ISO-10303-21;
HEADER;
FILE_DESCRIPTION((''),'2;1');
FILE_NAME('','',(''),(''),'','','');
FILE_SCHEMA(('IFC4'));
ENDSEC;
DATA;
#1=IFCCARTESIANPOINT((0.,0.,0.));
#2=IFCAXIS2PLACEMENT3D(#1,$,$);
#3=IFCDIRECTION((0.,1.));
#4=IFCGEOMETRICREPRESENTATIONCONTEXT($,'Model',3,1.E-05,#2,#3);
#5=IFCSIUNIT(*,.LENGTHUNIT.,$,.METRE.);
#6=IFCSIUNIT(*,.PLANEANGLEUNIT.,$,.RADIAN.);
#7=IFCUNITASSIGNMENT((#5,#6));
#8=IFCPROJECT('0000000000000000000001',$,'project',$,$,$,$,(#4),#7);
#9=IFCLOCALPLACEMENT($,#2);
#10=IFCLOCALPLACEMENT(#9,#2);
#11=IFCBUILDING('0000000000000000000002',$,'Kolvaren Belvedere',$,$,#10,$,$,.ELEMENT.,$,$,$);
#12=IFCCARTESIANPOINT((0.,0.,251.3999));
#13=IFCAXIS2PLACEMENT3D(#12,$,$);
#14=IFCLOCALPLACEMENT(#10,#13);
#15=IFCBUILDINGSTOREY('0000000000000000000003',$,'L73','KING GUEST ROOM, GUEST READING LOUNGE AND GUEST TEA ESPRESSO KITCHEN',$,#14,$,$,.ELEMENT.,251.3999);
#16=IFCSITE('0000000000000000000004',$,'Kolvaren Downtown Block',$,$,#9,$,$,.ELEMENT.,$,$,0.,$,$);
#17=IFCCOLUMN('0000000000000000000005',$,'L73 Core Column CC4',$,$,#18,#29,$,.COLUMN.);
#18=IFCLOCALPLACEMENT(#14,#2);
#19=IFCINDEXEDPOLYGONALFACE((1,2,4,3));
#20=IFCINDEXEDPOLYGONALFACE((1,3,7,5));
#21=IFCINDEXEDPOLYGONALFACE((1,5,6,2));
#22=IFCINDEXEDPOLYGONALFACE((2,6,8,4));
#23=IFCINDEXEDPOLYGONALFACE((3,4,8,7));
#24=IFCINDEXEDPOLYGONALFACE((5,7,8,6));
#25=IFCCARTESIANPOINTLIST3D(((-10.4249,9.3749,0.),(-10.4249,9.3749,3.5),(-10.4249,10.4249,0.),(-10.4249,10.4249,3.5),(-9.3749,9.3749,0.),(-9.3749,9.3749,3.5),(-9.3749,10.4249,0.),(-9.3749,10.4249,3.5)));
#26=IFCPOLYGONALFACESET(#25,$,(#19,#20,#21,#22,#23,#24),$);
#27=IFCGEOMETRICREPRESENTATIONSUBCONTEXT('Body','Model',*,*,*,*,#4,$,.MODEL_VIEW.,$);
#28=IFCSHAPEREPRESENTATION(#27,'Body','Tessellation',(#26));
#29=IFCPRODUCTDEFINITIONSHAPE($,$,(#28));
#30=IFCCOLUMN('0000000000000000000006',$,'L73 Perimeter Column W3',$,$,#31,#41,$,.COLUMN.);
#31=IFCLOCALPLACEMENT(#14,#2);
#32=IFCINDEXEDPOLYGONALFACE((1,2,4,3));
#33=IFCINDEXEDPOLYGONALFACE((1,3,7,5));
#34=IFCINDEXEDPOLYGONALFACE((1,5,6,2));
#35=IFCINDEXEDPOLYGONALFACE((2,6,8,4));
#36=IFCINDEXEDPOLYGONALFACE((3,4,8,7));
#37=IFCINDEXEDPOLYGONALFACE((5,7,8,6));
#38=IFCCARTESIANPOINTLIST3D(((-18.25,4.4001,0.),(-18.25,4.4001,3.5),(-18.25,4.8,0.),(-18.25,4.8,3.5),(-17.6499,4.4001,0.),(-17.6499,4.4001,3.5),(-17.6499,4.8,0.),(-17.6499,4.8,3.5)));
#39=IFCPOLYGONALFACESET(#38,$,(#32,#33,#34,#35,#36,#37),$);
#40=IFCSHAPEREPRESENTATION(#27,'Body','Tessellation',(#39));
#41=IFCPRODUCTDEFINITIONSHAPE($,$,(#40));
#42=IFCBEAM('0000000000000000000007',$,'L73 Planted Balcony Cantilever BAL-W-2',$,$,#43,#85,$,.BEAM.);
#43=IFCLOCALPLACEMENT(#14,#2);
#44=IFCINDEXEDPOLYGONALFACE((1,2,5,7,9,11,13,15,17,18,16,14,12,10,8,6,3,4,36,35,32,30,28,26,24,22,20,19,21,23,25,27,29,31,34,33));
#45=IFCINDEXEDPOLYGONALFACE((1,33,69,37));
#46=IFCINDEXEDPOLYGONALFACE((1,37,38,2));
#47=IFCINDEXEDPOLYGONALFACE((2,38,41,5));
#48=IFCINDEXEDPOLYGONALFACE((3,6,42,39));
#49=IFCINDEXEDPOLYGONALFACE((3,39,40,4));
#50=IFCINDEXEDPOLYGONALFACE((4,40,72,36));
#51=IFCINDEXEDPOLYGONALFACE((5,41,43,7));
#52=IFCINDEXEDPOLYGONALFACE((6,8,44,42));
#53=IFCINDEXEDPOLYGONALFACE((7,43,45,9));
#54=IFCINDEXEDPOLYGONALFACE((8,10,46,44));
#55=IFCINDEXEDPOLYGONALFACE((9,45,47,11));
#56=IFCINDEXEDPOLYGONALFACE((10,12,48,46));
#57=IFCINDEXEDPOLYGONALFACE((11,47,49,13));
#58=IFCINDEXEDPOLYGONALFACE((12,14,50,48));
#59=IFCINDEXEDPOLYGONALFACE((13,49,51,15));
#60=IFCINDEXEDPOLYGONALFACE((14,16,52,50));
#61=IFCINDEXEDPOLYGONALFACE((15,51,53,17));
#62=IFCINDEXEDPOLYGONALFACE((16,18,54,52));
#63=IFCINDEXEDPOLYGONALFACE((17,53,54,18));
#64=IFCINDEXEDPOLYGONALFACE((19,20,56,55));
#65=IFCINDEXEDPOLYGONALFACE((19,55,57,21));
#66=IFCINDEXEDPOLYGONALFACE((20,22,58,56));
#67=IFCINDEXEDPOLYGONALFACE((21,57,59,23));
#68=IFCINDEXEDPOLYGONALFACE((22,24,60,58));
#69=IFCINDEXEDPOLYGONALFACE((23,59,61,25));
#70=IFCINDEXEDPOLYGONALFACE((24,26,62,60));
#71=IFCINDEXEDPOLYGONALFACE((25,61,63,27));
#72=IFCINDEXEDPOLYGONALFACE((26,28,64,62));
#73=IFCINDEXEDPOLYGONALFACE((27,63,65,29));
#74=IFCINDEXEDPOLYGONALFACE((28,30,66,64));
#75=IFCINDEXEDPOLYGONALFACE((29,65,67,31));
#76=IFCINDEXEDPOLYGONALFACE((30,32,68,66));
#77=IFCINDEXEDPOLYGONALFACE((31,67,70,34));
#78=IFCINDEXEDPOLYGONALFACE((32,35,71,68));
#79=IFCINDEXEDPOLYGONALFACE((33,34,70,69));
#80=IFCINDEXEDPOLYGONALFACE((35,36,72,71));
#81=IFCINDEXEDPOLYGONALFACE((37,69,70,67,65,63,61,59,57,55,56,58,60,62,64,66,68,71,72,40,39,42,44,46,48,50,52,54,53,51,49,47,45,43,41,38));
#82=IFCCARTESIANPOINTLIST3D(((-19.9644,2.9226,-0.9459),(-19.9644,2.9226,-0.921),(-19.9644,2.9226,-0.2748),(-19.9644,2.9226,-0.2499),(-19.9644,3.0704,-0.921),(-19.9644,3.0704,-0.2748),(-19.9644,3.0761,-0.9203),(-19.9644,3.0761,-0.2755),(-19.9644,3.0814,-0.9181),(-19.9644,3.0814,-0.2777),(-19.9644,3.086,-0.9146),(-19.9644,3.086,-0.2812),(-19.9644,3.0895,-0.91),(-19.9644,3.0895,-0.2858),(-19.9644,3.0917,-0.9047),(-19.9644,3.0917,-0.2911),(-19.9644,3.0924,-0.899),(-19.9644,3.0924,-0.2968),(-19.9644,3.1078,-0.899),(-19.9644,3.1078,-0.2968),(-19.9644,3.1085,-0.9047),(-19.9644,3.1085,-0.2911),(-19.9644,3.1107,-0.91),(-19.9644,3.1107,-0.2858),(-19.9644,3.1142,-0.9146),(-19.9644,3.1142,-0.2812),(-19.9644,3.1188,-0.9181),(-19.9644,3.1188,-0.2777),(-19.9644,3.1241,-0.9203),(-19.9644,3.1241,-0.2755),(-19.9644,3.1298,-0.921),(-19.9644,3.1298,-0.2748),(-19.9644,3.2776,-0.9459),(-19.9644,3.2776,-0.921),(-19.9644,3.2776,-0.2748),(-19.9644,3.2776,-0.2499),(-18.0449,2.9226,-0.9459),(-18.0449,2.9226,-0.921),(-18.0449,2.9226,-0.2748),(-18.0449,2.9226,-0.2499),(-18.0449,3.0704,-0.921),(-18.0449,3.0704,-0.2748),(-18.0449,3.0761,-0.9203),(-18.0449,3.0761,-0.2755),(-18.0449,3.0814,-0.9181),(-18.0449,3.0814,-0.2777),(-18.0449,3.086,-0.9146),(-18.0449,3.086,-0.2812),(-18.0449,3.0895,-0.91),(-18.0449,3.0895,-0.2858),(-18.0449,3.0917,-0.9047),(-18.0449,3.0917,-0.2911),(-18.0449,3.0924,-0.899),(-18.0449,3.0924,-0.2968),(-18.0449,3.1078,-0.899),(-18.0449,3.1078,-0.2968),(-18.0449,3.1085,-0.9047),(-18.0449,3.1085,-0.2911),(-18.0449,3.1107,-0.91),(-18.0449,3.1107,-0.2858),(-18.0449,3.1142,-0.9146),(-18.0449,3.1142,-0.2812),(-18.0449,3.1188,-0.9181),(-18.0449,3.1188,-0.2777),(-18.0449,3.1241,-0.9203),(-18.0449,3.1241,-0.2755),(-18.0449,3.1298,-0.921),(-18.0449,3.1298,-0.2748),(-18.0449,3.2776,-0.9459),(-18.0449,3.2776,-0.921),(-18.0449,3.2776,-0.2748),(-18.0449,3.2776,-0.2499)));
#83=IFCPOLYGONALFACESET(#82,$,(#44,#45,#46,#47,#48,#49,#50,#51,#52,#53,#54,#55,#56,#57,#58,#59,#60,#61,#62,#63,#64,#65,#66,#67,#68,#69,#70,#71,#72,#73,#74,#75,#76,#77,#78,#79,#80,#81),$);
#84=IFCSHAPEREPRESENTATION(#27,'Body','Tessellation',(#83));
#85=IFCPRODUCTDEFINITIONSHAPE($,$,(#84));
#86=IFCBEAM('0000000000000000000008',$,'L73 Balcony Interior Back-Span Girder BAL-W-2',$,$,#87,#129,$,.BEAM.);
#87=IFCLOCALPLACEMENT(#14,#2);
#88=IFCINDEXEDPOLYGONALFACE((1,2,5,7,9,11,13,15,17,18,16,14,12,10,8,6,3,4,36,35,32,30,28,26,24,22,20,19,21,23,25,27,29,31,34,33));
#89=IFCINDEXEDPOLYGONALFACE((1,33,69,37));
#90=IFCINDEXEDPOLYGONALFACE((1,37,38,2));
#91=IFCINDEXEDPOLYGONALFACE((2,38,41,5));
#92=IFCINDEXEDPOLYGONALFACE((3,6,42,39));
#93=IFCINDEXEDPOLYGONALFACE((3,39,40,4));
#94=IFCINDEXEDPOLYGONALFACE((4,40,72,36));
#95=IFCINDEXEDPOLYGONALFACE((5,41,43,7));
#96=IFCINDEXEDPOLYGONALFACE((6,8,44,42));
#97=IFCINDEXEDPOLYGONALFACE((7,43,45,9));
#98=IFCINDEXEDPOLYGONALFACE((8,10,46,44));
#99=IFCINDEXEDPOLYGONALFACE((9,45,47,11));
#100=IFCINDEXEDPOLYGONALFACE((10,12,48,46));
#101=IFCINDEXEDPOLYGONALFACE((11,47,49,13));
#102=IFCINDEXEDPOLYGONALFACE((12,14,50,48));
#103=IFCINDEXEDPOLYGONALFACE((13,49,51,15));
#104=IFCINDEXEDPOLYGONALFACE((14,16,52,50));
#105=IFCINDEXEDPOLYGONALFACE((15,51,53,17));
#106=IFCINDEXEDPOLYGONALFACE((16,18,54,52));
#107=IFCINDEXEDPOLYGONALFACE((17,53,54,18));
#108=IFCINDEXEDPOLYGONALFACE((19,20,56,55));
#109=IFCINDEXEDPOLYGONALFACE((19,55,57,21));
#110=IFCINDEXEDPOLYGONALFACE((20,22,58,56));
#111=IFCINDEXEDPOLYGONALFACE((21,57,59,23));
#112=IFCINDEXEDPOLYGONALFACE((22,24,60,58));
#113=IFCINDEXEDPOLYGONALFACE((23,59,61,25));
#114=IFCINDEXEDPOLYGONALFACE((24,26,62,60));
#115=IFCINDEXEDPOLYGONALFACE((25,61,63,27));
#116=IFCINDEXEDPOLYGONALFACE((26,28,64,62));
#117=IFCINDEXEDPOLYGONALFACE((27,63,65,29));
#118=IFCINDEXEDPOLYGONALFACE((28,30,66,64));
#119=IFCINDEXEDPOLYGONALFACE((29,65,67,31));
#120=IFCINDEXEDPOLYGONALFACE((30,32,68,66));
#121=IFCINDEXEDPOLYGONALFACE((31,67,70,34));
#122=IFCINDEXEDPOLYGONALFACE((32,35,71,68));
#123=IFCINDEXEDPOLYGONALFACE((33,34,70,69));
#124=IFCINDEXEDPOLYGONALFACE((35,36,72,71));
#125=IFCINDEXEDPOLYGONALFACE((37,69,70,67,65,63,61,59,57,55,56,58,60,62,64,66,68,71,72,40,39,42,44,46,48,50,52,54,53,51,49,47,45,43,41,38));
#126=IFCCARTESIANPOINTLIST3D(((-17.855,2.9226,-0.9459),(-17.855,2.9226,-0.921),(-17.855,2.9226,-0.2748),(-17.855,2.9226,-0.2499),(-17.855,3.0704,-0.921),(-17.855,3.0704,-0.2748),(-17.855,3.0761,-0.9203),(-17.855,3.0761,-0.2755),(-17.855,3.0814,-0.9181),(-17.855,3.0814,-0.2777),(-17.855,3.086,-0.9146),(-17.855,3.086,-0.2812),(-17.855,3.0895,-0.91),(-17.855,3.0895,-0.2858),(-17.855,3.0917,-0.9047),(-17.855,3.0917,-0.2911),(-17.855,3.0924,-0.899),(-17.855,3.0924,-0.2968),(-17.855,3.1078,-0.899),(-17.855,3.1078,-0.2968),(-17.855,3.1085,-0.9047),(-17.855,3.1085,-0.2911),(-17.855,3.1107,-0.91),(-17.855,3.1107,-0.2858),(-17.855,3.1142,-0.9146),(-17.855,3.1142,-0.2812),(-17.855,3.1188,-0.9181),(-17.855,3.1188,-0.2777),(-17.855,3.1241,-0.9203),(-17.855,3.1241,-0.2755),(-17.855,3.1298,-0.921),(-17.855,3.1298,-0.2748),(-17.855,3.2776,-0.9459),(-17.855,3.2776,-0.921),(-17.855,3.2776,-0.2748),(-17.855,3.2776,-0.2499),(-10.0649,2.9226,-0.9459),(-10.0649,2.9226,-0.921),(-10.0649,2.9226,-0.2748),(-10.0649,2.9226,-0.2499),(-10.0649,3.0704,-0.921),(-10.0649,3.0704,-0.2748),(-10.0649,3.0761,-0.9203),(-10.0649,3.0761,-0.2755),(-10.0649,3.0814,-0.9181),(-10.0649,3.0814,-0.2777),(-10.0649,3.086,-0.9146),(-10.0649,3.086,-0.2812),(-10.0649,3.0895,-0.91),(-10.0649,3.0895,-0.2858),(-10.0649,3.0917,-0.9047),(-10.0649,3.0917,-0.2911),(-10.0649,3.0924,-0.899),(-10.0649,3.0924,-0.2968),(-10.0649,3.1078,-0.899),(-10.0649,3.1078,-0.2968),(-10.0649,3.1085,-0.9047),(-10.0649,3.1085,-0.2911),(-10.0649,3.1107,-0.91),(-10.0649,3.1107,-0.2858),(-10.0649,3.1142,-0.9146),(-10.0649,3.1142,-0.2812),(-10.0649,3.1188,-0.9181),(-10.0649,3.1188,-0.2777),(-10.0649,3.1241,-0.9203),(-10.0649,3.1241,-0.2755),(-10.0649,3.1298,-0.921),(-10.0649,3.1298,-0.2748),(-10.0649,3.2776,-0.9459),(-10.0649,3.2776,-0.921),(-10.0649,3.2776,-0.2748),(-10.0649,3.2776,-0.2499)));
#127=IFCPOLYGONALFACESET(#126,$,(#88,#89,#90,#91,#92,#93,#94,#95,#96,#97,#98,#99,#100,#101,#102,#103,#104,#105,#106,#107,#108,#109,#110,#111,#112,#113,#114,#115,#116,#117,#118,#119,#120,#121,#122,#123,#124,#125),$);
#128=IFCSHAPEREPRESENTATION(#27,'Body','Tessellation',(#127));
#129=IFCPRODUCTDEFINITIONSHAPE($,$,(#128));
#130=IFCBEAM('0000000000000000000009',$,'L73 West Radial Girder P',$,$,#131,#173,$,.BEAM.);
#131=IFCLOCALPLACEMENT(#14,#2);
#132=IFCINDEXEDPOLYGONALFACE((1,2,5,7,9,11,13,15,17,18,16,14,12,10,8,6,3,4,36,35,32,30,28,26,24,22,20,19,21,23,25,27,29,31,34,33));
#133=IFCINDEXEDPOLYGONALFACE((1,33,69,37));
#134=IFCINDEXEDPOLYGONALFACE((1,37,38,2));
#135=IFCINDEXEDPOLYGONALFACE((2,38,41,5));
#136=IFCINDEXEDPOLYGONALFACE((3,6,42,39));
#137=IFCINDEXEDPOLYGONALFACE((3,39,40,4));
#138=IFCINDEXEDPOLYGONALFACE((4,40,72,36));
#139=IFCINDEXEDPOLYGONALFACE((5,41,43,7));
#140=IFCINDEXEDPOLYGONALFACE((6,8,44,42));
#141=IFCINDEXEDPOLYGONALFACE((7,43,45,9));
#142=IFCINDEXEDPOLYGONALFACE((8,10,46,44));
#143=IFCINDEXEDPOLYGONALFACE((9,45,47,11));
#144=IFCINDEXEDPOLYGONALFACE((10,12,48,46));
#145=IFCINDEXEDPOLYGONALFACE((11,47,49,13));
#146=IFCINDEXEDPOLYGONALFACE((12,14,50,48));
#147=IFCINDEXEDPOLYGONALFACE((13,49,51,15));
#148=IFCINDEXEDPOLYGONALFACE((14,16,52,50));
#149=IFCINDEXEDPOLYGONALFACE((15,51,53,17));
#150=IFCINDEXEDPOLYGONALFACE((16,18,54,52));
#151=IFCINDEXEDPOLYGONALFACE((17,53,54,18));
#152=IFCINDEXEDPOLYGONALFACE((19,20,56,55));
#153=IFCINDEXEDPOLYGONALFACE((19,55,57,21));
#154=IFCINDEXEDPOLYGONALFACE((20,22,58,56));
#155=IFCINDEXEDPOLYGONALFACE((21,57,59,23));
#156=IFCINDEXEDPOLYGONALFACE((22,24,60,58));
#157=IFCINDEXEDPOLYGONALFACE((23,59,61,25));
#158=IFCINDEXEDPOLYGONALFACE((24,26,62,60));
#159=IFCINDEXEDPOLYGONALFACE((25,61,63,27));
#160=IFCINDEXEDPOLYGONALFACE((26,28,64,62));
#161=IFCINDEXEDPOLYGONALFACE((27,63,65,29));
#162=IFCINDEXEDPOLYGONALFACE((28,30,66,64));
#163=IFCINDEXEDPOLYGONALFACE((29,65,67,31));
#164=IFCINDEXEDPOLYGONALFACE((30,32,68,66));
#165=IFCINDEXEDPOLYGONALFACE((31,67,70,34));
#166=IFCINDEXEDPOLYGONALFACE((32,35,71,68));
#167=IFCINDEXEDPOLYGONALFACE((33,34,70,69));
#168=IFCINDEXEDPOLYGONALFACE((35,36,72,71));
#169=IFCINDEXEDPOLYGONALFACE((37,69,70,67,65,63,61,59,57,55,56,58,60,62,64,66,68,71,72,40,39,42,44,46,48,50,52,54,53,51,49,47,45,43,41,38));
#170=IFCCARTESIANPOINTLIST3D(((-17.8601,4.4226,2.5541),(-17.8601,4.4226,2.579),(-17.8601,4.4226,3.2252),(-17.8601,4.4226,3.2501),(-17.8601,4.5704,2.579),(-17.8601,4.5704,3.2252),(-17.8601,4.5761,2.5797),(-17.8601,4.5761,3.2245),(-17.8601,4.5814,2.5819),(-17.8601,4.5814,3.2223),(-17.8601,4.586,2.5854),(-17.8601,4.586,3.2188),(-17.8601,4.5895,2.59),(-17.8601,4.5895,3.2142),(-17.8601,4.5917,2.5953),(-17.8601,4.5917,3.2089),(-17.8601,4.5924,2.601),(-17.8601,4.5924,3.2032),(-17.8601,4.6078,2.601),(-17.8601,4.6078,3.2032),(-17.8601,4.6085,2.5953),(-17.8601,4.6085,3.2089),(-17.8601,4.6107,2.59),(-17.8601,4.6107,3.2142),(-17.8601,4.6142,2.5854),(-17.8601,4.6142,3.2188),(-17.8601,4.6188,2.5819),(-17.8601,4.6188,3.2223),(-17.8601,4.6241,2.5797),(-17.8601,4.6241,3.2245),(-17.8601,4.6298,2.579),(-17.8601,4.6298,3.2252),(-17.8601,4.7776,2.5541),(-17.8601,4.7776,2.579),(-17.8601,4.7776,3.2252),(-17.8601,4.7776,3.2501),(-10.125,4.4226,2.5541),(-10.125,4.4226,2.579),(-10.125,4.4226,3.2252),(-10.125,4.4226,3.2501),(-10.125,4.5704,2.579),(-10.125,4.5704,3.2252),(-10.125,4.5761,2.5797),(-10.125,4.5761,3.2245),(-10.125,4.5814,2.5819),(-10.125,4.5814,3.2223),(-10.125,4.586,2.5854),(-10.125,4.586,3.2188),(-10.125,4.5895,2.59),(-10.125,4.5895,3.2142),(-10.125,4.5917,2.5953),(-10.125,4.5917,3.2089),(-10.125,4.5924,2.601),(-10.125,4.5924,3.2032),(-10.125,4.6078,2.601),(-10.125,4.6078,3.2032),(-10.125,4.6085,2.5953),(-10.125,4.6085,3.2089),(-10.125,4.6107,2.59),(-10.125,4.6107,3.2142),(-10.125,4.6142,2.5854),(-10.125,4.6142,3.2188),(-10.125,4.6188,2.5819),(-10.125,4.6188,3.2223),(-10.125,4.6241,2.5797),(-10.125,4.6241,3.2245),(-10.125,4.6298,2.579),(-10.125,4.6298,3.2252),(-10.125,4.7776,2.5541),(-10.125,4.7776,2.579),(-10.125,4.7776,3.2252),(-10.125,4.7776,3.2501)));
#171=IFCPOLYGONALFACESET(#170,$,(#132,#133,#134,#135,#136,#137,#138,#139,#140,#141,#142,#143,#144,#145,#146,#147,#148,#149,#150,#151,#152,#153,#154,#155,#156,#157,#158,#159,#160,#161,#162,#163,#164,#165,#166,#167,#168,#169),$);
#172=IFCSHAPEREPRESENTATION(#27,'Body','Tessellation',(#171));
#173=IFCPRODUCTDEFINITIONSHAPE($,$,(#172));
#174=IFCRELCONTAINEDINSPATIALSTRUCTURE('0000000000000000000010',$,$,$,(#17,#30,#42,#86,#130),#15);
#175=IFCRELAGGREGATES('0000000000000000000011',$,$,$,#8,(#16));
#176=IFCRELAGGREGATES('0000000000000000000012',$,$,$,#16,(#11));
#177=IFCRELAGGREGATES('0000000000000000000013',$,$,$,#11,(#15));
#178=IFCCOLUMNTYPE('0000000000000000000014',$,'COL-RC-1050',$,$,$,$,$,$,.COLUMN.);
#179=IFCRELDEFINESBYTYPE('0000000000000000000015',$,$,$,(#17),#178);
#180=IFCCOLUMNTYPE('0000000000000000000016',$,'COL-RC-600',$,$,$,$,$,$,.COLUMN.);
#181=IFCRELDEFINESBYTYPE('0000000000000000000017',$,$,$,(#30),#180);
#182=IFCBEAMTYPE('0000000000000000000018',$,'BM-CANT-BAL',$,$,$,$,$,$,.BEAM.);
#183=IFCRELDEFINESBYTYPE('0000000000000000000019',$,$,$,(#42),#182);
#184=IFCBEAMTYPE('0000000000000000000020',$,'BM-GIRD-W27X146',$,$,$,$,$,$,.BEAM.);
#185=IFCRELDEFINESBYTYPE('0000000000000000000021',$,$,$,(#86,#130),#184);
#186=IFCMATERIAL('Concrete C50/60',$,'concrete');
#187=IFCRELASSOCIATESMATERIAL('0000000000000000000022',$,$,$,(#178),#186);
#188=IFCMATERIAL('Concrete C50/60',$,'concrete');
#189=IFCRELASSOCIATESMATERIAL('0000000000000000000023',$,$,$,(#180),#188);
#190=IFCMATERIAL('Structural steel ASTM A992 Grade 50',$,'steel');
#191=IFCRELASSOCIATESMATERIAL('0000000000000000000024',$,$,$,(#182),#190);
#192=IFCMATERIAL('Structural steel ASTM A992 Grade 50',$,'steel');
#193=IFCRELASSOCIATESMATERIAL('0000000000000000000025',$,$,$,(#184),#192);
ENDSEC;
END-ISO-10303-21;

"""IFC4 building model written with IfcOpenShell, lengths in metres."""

from ifc_helpers import new_model, si_unit, direction, frame, origin, origin_2d, place, context, subcontext, project, spatial, rectangle, i_section, extrude, material, material_profile, profile_set, type_object, element, save


model = new_model("IFC4")

# Units and contexts
model_context = context("Model", 3, precision=1e-05, world=origin(), true_north=direction((0.0, 1.0)))
body_context = subcontext(model_context, "Body", "Model", "MODEL_VIEW")
ifc_project = project(units=[si_unit("LENGTHUNIT", "METRE"), si_unit("PLANEANGLEUNIT", "RADIAN")], contexts=[model_context])

# Site, building, storey
site_placement = place(None, origin())
site = spatial("IfcSite", under=ifc_project, at=site_placement, Name="Kolvaren Downtown Block", CompositionType="ELEMENT", RefElevation=0.0)
building_placement = place(site_placement, origin())
building = spatial("IfcBuilding", under=site, at=building_placement, Name="Kolvaren Belvedere", CompositionType="ELEMENT")
storey_placement = place(building_placement, frame((0.0, 0.0, 251.3999)))
storey = spatial("IfcBuildingStorey", under=building, at=storey_placement, Name="L73", Description="KING GUEST ROOM, GUEST READING LOUNGE AND GUEST TEA ESPRESSO KITCHEN", CompositionType="ELEMENT", Elevation=251.3999)

# Columns
ifc_material_1 = material(Name="Concrete C50/60", Category="concrete")
ifc_material_profile_1 = material_profile(ifc_material_1, rectangle(XDim=1.05, YDim=1.05, at=origin_2d()), Name="RC 1050X1050")
ifc_profile_set_1 = profile_set([ifc_material_profile_1], Name="Concrete C50/60")
column_type_1 = type_object("IfcColumnType", Name="COL-RC-1050", PredefinedType="COLUMN", material=ifc_profile_set_1)
column_1_placement = place(storey_placement, frame((-9.8999, 9.8999, 0.0), z_axis=(0.0, 0.0, 1.0), x_axis=(1.0, 0.0, 0.0)))
element("IfcColumn", 1, at=column_1_placement, inside=storey, type_object=column_type_1, Name="L73 Core Column CC4", PredefinedType="COLUMN", context=body_context, shape_type="SweptSolid", body=[
    extrude(rectangle(XDim=1.05, YDim=1.05, at=origin_2d()), origin(), (0.0, 0.0, 1.0), 3.5),
])
ifc_material_2 = material(Name="Concrete C50/60", Category="concrete")
ifc_material_profile_2 = material_profile(ifc_material_2, rectangle(XDim=0.6001, YDim=0.3999, at=origin_2d()), Name="RC 600X400")
ifc_profile_set_2 = profile_set([ifc_material_profile_2], Name="Concrete C50/60")
column_type_2 = type_object("IfcColumnType", Name="COL-RC-600", PredefinedType="COLUMN", material=ifc_profile_set_2)
column_2_placement = place(storey_placement, frame((-17.95, 4.6001, 0.0), z_axis=(0.0, 0.0, 1.0), x_axis=(1.0, 0.0, 0.0)))
element("IfcColumn", 2, at=column_2_placement, inside=storey, type_object=column_type_2, Name="L73 Perimeter Column W3", PredefinedType="COLUMN", context=body_context, shape_type="SweptSolid", body=[
    extrude(rectangle(XDim=0.6001, YDim=0.3999, at=origin_2d()), origin(), (0.0, 0.0, 1.0), 3.5),
])

# Beams
ifc_material_3 = material(Name="Structural steel ASTM A992 Grade 50", Category="steel")
ifc_material_profile_3 = material_profile(ifc_material_3, i_section(OverallWidth=0.355, OverallDepth=0.696, WebThickness=0.0154, FlangeThickness=0.0249, FilletRadius=0.022, at=origin_2d()), Name="W27X146")
ifc_profile_set_3 = profile_set([ifc_material_profile_3], Name="Structural steel ASTM A992 Grade 50")
beam_type_1 = type_object("IfcBeamType", Name="BM-CANT-BAL", PredefinedType="BEAM", material=ifc_profile_set_3)
beam_1_placement = place(storey_placement, frame((-18.0449, 3.1001, -0.5979), z_axis=(-1.0, 0.0, 0.0), x_axis=(0.0, -1.0, 0.0)))
element("IfcBeam", 3, at=beam_1_placement, inside=storey, type_object=beam_type_1, Name="L73 Planted Balcony Cantilever BAL-W-2", PredefinedType="BEAM", context=body_context, shape_type="SweptSolid", body=[
    extrude(i_section(OverallWidth=0.355, OverallDepth=0.696, WebThickness=0.0154, FlangeThickness=0.0249, FilletRadius=0.022, at=origin_2d()), origin(), (0.0, 0.0, 1.0), 1.9194),
])
ifc_material_4 = material(Name="Structural steel ASTM A992 Grade 50", Category="steel")
ifc_material_profile_4 = material_profile(ifc_material_4, i_section(OverallWidth=0.355, OverallDepth=0.696, WebThickness=0.0154, FlangeThickness=0.0249, FilletRadius=0.022, at=origin_2d()), Name="W27X146")
ifc_profile_set_4 = profile_set([ifc_material_profile_4], Name="Structural steel ASTM A992 Grade 50")
beam_type_2 = type_object("IfcBeamType", Name="BM-GIRD-W27X146", PredefinedType="BEAM", material=ifc_profile_set_4)
beam_2_placement = place(storey_placement, frame((-10.0649, 3.1001, -0.5979), z_axis=(-1.0, 0.0, 0.0), x_axis=(0.0, -1.0, 0.0)))
element("IfcBeam", 4, at=beam_2_placement, inside=storey, type_object=beam_type_2, Name="L73 Balcony Interior Back-Span Girder BAL-W-2", PredefinedType="BEAM", context=body_context, shape_type="SweptSolid", body=[
    extrude(i_section(OverallWidth=0.355, OverallDepth=0.696, WebThickness=0.0154, FlangeThickness=0.0249, FilletRadius=0.022, at=origin_2d()), origin(), (0.0, 0.0, 1.0), 7.79),
])
beam_3_placement = place(storey_placement, frame((-10.125, 4.6001, 2.9021), z_axis=(-1.0, 0.0, 0.0), x_axis=(0.0, -1.0, 0.0)))
element("IfcBeam", 5, at=beam_3_placement, inside=storey, type_object=beam_type_2, Name="L73 West Radial Girder P", PredefinedType="BEAM", context=body_context, shape_type="SweptSolid", body=[
    extrude(i_section(OverallWidth=0.355, OverallDepth=0.696, WebThickness=0.0154, FlangeThickness=0.0249, FilletRadius=0.022, at=origin_2d()), origin(), (0.0, 0.0, 1.0), 7.7351),
])

save(model, "model.ifc")
